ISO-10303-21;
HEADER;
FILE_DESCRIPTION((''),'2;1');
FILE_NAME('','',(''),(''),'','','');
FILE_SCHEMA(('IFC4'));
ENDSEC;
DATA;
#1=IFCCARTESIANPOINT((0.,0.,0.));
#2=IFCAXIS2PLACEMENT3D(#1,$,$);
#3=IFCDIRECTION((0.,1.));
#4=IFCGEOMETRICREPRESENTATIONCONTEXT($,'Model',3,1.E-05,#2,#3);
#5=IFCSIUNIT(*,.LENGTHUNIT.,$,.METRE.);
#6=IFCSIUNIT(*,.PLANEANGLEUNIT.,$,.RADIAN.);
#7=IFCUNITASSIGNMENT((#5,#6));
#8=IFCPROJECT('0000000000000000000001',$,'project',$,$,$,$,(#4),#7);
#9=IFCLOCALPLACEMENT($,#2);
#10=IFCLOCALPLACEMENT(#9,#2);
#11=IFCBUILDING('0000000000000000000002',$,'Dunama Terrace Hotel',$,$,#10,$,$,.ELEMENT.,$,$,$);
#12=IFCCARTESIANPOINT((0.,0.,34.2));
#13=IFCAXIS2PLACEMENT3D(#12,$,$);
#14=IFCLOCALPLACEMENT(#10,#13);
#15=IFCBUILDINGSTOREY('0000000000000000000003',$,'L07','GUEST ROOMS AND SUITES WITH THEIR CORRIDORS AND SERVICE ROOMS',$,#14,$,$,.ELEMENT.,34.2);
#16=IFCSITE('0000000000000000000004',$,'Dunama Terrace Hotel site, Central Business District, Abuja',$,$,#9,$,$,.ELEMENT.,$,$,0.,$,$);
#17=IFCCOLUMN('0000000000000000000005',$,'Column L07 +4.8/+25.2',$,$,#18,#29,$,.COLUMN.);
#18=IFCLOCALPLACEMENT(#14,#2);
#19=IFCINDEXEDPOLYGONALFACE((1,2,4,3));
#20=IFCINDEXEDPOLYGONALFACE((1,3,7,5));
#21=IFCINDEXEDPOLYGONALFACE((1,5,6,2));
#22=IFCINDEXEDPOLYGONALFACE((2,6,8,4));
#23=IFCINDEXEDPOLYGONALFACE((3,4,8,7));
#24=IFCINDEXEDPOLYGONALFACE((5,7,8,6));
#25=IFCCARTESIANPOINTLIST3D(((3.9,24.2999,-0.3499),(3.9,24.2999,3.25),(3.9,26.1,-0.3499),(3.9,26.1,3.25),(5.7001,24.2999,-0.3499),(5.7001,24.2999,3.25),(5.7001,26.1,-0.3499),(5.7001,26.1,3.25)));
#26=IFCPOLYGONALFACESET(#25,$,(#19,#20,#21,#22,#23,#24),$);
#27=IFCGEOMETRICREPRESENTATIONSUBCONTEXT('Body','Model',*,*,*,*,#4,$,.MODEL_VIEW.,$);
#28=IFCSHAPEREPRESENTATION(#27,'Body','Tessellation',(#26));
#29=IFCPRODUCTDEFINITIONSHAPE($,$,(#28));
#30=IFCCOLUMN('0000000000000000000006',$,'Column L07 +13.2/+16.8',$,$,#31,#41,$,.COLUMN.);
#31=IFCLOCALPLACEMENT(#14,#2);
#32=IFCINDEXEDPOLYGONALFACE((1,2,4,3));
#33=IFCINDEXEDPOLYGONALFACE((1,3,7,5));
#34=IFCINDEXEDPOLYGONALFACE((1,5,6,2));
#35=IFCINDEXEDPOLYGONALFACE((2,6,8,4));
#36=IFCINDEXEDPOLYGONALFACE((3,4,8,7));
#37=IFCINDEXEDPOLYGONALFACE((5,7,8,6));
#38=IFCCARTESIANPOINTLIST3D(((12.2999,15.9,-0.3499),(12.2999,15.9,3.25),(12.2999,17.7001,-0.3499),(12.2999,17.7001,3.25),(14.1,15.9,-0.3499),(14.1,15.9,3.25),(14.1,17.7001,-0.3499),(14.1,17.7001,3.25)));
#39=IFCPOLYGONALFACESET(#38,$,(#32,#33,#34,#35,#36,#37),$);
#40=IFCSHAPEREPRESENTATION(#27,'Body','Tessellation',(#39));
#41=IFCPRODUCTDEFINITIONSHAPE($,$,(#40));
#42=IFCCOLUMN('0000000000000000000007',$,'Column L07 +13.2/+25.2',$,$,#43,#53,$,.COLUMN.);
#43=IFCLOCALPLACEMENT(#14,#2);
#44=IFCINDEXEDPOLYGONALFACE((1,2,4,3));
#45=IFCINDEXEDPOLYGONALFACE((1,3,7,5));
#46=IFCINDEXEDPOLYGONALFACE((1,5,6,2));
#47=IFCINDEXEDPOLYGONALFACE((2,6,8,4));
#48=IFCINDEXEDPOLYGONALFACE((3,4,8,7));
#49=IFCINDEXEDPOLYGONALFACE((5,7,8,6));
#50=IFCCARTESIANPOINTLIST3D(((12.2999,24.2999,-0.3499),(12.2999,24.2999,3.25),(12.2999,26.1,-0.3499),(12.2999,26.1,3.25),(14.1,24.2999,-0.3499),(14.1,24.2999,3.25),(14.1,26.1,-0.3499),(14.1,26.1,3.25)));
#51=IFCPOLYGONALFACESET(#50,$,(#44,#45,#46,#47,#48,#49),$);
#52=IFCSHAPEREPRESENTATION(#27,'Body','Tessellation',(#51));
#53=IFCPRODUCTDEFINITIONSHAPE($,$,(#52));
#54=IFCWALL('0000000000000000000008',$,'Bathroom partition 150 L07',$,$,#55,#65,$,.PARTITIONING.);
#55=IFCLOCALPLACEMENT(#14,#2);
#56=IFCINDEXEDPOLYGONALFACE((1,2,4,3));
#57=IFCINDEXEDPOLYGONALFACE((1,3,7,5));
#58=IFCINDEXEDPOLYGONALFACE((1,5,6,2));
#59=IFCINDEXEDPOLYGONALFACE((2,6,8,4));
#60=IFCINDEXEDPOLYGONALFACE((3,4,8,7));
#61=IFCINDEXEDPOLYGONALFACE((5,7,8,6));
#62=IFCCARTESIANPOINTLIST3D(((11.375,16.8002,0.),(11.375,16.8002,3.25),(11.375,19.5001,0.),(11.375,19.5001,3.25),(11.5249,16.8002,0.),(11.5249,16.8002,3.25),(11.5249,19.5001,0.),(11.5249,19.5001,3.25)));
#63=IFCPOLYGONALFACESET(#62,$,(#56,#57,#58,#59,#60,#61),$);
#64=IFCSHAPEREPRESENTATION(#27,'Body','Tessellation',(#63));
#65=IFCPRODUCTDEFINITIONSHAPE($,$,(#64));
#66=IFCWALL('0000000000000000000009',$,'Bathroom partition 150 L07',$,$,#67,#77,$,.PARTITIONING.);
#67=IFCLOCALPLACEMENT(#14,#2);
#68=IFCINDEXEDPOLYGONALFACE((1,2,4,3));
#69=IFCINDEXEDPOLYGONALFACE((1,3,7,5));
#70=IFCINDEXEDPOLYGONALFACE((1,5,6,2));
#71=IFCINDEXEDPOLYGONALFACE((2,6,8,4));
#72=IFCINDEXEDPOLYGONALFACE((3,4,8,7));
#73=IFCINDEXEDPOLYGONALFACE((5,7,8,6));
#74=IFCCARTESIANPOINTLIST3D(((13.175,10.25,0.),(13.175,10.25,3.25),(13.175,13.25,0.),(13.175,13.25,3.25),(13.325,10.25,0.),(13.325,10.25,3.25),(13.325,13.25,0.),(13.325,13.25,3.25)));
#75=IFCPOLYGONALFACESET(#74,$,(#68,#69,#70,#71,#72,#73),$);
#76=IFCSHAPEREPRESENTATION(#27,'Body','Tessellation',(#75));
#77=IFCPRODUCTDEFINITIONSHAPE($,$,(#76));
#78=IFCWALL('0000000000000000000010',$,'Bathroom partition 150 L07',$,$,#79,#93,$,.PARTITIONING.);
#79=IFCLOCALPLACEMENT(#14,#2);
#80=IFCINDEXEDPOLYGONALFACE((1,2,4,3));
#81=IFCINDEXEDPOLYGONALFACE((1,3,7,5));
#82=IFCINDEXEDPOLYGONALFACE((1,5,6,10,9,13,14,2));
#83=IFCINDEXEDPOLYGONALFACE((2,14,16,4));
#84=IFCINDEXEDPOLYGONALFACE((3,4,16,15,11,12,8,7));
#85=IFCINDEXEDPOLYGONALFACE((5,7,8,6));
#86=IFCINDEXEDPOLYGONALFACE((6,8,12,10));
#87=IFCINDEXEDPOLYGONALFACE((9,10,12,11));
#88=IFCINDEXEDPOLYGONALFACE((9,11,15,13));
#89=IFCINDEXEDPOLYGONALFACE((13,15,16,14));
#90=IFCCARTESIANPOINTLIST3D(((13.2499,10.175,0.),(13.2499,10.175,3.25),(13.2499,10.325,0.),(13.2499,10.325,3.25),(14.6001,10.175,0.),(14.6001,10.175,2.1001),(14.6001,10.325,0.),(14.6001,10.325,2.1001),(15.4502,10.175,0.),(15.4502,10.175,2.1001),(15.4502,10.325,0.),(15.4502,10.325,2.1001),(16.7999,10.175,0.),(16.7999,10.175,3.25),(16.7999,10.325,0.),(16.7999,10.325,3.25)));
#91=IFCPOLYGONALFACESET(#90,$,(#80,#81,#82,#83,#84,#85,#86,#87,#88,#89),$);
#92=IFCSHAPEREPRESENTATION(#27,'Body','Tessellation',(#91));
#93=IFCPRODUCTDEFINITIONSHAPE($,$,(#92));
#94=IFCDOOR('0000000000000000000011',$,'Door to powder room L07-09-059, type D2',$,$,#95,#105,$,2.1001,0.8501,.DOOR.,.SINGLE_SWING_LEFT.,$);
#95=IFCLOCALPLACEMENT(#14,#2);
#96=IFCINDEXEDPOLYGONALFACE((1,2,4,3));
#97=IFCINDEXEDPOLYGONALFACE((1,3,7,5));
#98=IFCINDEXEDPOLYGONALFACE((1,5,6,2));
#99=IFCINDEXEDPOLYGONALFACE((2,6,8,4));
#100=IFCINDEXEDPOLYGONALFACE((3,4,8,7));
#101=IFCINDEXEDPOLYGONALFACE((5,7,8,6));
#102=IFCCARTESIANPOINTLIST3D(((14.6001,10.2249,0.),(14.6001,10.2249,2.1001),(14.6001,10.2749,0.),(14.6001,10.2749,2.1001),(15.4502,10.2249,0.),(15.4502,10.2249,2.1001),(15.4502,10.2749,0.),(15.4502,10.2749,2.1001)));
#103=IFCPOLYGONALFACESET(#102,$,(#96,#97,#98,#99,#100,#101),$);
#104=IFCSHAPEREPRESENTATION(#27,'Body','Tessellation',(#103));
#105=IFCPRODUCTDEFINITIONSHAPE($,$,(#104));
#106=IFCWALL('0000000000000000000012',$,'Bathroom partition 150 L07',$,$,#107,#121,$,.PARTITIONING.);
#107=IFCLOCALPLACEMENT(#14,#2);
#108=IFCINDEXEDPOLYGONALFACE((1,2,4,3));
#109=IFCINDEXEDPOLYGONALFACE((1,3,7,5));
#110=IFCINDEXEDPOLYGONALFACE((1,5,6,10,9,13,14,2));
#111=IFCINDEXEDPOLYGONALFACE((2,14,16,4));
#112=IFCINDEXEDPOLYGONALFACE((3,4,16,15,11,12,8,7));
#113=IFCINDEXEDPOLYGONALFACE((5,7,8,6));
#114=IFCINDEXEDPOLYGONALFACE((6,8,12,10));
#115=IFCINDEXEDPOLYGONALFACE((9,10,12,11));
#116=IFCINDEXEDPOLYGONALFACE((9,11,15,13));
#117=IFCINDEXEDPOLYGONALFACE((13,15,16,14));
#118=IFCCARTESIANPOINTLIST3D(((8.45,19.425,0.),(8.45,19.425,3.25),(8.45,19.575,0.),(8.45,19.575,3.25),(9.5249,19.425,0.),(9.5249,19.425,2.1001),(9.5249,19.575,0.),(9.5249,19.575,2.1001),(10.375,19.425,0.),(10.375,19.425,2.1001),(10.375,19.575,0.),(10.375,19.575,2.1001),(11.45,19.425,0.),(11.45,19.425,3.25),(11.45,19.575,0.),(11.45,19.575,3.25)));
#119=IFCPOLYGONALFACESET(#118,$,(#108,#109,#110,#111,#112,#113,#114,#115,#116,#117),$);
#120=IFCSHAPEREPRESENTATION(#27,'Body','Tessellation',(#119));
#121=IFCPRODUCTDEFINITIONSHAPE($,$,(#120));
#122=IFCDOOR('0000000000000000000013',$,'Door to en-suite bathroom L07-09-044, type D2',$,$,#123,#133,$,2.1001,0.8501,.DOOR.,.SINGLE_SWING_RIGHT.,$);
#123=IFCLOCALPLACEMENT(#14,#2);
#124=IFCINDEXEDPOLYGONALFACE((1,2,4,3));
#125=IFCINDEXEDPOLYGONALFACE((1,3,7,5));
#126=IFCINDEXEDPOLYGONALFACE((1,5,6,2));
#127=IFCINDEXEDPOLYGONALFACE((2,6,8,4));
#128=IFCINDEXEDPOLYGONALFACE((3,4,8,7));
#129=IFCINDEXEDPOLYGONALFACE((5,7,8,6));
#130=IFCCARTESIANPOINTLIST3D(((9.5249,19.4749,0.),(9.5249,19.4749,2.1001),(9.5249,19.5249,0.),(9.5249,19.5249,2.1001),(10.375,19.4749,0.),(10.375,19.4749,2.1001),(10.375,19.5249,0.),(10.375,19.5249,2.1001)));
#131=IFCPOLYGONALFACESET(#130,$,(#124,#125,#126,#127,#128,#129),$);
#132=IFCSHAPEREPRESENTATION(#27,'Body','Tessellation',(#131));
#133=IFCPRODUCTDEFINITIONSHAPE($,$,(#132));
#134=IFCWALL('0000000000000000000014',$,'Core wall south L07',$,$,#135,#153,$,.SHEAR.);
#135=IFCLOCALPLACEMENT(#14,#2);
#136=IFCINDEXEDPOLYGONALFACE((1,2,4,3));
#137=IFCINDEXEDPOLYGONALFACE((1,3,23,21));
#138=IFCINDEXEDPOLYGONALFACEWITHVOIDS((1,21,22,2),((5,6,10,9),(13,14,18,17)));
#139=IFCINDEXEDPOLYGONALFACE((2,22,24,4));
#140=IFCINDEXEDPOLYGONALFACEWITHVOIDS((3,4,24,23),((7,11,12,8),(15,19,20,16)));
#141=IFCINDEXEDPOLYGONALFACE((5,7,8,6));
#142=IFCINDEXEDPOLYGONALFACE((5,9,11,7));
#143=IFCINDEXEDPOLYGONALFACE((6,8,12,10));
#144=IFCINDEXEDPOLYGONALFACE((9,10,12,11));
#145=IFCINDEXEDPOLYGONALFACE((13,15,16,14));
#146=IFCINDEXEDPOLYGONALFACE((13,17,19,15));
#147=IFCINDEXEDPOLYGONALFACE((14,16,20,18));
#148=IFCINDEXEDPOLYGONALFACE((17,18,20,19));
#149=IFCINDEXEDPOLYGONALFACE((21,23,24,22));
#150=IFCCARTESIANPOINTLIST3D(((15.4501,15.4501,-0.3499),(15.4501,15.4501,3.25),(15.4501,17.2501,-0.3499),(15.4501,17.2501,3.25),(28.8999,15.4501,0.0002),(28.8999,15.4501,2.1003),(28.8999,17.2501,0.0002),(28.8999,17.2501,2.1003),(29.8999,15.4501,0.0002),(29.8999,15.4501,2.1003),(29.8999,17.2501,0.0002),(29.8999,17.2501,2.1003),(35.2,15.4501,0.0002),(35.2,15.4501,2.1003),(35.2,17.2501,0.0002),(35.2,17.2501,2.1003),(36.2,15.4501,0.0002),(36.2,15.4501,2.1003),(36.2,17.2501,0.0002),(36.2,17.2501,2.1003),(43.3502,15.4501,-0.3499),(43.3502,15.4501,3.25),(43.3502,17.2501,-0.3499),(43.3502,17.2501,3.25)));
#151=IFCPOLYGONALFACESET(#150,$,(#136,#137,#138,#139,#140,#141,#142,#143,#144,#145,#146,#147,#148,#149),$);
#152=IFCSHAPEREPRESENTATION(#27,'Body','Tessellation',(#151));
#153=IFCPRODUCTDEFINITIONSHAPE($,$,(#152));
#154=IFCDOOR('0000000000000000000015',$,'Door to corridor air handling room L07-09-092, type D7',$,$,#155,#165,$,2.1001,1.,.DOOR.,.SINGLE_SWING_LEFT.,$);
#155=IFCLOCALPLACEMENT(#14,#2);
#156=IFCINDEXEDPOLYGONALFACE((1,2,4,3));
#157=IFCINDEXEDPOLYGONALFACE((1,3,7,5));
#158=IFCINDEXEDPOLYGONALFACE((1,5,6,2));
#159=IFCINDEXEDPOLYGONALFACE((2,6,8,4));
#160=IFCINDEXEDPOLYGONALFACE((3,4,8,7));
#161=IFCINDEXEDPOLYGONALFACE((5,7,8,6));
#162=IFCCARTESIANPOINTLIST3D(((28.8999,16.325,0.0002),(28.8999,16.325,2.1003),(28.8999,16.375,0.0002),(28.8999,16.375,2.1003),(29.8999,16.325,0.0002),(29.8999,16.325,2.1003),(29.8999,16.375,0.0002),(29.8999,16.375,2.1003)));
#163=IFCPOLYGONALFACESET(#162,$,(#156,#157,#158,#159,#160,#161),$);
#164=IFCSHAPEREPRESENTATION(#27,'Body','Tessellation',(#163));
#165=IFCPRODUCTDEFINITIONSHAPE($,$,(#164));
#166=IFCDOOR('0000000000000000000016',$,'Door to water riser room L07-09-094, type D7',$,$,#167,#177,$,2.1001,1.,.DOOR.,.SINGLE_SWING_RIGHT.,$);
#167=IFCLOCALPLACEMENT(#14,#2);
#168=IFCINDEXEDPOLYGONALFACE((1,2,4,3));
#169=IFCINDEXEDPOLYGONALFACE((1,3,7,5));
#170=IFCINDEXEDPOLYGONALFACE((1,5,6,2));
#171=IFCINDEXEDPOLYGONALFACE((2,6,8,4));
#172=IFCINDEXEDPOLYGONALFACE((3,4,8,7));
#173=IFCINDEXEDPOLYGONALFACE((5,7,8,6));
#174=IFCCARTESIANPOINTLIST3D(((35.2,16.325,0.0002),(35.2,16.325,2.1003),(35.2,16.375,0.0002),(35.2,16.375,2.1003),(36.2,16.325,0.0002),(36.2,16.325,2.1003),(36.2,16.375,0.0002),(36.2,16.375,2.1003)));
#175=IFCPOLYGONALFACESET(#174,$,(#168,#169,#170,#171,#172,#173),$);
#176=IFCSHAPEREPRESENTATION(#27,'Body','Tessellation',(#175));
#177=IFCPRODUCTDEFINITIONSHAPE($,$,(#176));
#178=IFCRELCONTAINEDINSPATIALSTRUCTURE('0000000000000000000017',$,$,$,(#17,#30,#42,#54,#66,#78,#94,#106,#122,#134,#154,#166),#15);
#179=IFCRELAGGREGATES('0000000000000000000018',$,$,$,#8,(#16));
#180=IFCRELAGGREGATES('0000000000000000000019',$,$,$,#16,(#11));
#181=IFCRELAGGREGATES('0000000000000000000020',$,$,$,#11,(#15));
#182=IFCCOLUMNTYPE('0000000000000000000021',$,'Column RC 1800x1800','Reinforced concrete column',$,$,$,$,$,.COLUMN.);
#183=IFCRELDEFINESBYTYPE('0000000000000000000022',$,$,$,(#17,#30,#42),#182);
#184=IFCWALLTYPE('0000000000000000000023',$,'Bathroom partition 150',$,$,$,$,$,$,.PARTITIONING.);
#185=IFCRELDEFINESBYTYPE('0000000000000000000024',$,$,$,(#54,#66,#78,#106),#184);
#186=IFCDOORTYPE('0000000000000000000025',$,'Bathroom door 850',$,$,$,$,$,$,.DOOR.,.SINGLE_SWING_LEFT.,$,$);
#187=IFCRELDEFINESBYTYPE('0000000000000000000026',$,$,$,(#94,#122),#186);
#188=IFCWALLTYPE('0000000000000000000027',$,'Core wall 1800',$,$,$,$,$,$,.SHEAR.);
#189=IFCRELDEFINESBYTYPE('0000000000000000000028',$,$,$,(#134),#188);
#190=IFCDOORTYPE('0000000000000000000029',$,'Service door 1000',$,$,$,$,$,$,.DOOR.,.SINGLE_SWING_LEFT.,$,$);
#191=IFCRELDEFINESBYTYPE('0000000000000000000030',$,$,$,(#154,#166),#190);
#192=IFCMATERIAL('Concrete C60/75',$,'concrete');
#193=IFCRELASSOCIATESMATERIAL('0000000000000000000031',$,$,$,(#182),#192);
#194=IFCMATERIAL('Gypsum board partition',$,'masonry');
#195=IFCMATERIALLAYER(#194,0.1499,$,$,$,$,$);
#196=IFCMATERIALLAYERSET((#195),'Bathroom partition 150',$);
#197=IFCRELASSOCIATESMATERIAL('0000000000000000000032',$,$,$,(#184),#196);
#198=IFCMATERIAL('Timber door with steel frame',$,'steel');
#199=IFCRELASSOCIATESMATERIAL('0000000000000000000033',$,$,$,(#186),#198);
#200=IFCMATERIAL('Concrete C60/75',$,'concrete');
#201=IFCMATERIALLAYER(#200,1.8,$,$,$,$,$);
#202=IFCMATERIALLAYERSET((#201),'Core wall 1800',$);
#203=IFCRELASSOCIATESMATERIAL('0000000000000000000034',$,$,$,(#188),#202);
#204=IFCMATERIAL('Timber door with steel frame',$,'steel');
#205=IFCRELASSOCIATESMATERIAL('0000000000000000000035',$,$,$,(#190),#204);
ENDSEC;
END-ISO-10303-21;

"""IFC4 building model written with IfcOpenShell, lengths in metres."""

from ifc_helpers import new_model, si_unit, direction, frame, frame_2d, origin, origin_2d, place, context, subcontext, project, spatial, rectangle, extrude, material, layer, layer_set, material_profile, profile_set, type_object, element, fill, save


model = new_model("IFC4")

# Units and contexts
model_context = context("Model", 3, precision=1e-05, world=origin(), true_north=direction((0.0, 1.0)))
body_context = subcontext(model_context, "Body", "Model", "MODEL_VIEW")
ifc_project = project(units=[si_unit("LENGTHUNIT", "METRE"), si_unit("PLANEANGLEUNIT", "RADIAN")], contexts=[model_context])

# Site, building, storey
site_placement = place(None, origin())
site = spatial("IfcSite", under=ifc_project, at=site_placement, Name="Dunama Terrace Hotel site, Central Business District, Abuja", CompositionType="ELEMENT", RefElevation=0.0)
building_placement = place(site_placement, origin())
building = spatial("IfcBuilding", under=site, at=building_placement, Name="Dunama Terrace Hotel", CompositionType="ELEMENT")
storey_placement = place(building_placement, frame((0.0, 0.0, 34.2)))
storey = spatial("IfcBuildingStorey", under=building, at=storey_placement, Name="L07", Description="GUEST ROOMS AND SUITES WITH THEIR CORRIDORS AND SERVICE ROOMS", CompositionType="ELEMENT", Elevation=34.2)

# Columns
ifc_material_1 = material(Name="Concrete C60/75", Category="concrete")
ifc_material_profile = material_profile(ifc_material_1, rectangle(XDim=1.8, YDim=1.8, at=origin_2d()), Name="RC 1800x1800")
ifc_profile_set = profile_set([ifc_material_profile], Name="Concrete C60/75")
column_type = type_object("IfcColumnType", Name="Column RC 1800x1800", Description="Reinforced concrete column", PredefinedType="COLUMN", material=ifc_profile_set)
for number, where, z_axis, x_axis, name in (
    (1, (4.8, 25.2, -0.3499), (0.0, 0.0, 1.0), (1.0, 0.0, 0.0), "Column L07 +4.8/+25.2"),
    (2, (13.2, 16.8, -0.3499), (0.0, 0.0, 1.0), (1.0, 0.0, 0.0), "Column L07 +13.2/+16.8"),
    (3, (13.2, 25.2, -0.3499), (0.0, 0.0, 1.0), (1.0, 0.0, 0.0), "Column L07 +13.2/+25.2"),
):
    element("IfcColumn", number, at=place(storey_placement, frame(where, z_axis=z_axis, x_axis=x_axis)), inside=storey, type_object=column_type, Name=name, PredefinedType="COLUMN", context=body_context, shape_type="SweptSolid", body=[
        extrude(rectangle(XDim=1.8, YDim=1.8, at=origin_2d()), origin(), (0.0, 0.0, 1.0), 3.5999),
    ])

# Walls
ifc_material_2 = material(Name="Gypsum board partition", Category="masonry")
ifc_layer_1 = layer(ifc_material_2, 0.1499)
ifc_layer_set_1 = layer_set([ifc_layer_1], Name="Bathroom partition 150")
wall_type_1 = type_object("IfcWallType", Name="Bathroom partition 150", PredefinedType="PARTITIONING", material=ifc_layer_set_1)
wall_1_placement = place(storey_placement, frame((11.45, 16.8, 0.0), z_axis=(0.0, 0.0, 1.0), x_axis=(0.0, 1.0, 0.0)))
element("IfcWall", 4, at=wall_1_placement, inside=storey, type_object=wall_type_1, Name="Bathroom partition 150 L07", PredefinedType="PARTITIONING", context=body_context, shape_type="SweptSolid", body=[
    extrude(rectangle(XDim=2.7, YDim=0.1499, at=frame_2d((1.3501, 0.0))), origin(), (0.0, 0.0, 1.0), 3.25),
])
wall_2_placement = place(storey_placement, frame((13.25, 10.25, 0.0), z_axis=(0.0, 0.0, 1.0), x_axis=(0.0, 1.0, 0.0)))
element("IfcWall", 5, at=wall_2_placement, inside=storey, type_object=wall_type_1, Name="Bathroom partition 150 L07", PredefinedType="PARTITIONING", context=body_context, shape_type="SweptSolid", body=[
    extrude(rectangle(XDim=3.0, YDim=0.1499, at=frame_2d((1.5, 0.0))), origin(), (0.0, 0.0, 1.0), 3.25),
])

# Walls, openings, doors
wall_3_placement = place(storey_placement, frame((13.25, 10.25, 0.0), z_axis=(0.0, 0.0, 1.0), x_axis=(1.0, 0.0, 0.0)))
wall_3 = element("IfcWall", 6, at=wall_3_placement, inside=storey, type_object=wall_type_1, Name="Bathroom partition 150 L07", PredefinedType="PARTITIONING", context=body_context, shape_type="SweptSolid", body=[
    extrude(rectangle(XDim=3.55, YDim=0.1499, at=frame_2d((1.7749, 0.0))), origin(), (0.0, 0.0, 1.0), 3.25),
])
opening_1_placement = place(wall_3_placement, frame((1.3501, 0.0, 0.0)))
opening_1 = element("IfcOpeningElement", 7, at=opening_1_placement, cuts=wall_3, PredefinedType="OPENING", context=body_context, shape_type="SweptSolid", body=[
    extrude(rectangle(XDim=0.8501, YDim=2.1001, at=frame_2d((0.425, 1.05))), frame((0.0, 0.085, 0.0), z_axis=(0.0, -1.0, 0.0), x_axis=(1.0, 0.0, 0.0)), (0.0, 0.0, 1.0), 0.1699),
])
ifc_material_3 = material(Name="Timber door with steel frame", Category="steel")
door_type_1 = type_object("IfcDoorType", Name="Bathroom door 850", OperationType="SINGLE_SWING_LEFT", PredefinedType="DOOR", material=ifc_material_3)
door_1_placement = place(opening_1_placement, origin())
door_1 = element("IfcDoor", 8, at=door_1_placement, inside=storey, type_object=door_type_1, Name="Door to powder room L07-09-059, type D2", OperationType="SINGLE_SWING_LEFT", OverallHeight=2.1001, OverallWidth=0.8501, PredefinedType="DOOR", context=body_context, shape_type="SweptSolid", body=[
    extrude(rectangle(XDim=0.8501, YDim=2.1001, at=frame_2d((0.425, 1.05))), frame((0.0, 0.0249, 0.0), z_axis=(0.0, -1.0, 0.0), x_axis=(1.0, 0.0, 0.0)), (0.0, 0.0, 1.0), 0.05),
])
fill(opening_1, door_1)
wall_4_placement = place(storey_placement, frame((8.45, 19.5, 0.0), z_axis=(0.0, 0.0, 1.0), x_axis=(1.0, 0.0, 0.0)))
wall_4 = element("IfcWall", 9, at=wall_4_placement, inside=storey, type_object=wall_type_1, Name="Bathroom partition 150 L07", PredefinedType="PARTITIONING", context=body_context, shape_type="SweptSolid", body=[
    extrude(rectangle(XDim=3.0, YDim=0.1499, at=frame_2d((1.5, 0.0))), origin(), (0.0, 0.0, 1.0), 3.25),
])
opening_2_placement = place(wall_4_placement, frame((1.075, 0.0, 0.0)))
opening_2 = element("IfcOpeningElement", 10, at=opening_2_placement, cuts=wall_4, PredefinedType="OPENING", context=body_context, shape_type="SweptSolid", body=[
    extrude(rectangle(XDim=0.8501, YDim=2.1001, at=frame_2d((0.425, 1.05))), frame((0.0, 0.085, 0.0), z_axis=(0.0, -1.0, 0.0), x_axis=(1.0, 0.0, 0.0)), (0.0, 0.0, 1.0), 0.1699),
])
door_2_placement = place(opening_2_placement, frame((0.8501, 0.0, 0.0), z_axis=(0.0, 0.0, 1.0), x_axis=(-1.0, 0.0, 0.0)))
door_2 = element("IfcDoor", 11, at=door_2_placement, inside=storey, type_object=door_type_1, Name="Door to en-suite bathroom L07-09-044, type D2", OperationType="SINGLE_SWING_RIGHT", OverallHeight=2.1001, OverallWidth=0.8501, PredefinedType="DOOR", context=body_context, shape_type="SweptSolid", body=[
    extrude(rectangle(XDim=0.8501, YDim=2.1001, at=frame_2d((0.425, 1.05))), frame((0.0, 0.0251, 0.0), z_axis=(0.0, -1.0, 0.0), x_axis=(1.0, 0.0, 0.0)), (0.0, 0.0, 1.0), 0.05),
])
fill(opening_2, door_2)

# Wall, openings, doors
ifc_material_4 = material(Name="Concrete C60/75", Category="concrete")
ifc_layer_2 = layer(ifc_material_4, 1.8)
ifc_layer_set_2 = layer_set([ifc_layer_2], Name="Core wall 1800")
wall_type_2 = type_object("IfcWallType", Name="Core wall 1800", PredefinedType="SHEAR", material=ifc_layer_set_2)
wall_5_placement = place(storey_placement, frame((15.45, 16.3501, -0.3499), z_axis=(0.0, 0.0, 1.0), x_axis=(1.0, 0.0, 0.0)))
wall_5 = element("IfcWall", 12, at=wall_5_placement, inside=storey, type_object=wall_type_2, Name="Core wall south L07", PredefinedType="SHEAR", context=body_context, shape_type="SweptSolid", body=[
    extrude(rectangle(XDim=27.9001, YDim=1.8, at=frame_2d((13.9502, 0.0))), origin(), (0.0, 0.0, 1.0), 3.5999),
])
opening_3_placement = place(wall_5_placement, frame((13.45, 0.0, 0.3501)))
opening_3 = element("IfcOpeningElement", 13, at=opening_3_placement, cuts=wall_5, PredefinedType="OPENING", context=body_context, shape_type="SweptSolid", body=[
    extrude(rectangle(XDim=1.0, YDim=2.1001, at=frame_2d((0.5, 1.05))), frame((0.0, 0.9099, 0.0), z_axis=(0.0, -1.0, 0.0), x_axis=(1.0, 0.0, 0.0)), (0.0, 0.0, 1.0), 1.8201),
])
opening_4_placement = place(wall_5_placement, frame((19.75, 0.0, 0.3501)))
opening_4 = element("IfcOpeningElement", 14, at=opening_4_placement, cuts=wall_5, PredefinedType="OPENING", context=body_context, shape_type="SweptSolid", body=[
    extrude(rectangle(XDim=1.0, YDim=2.1001, at=frame_2d((0.5, 1.05))), frame((0.0, 0.9099, 0.0), z_axis=(0.0, -1.0, 0.0), x_axis=(1.0, 0.0, 0.0)), (0.0, 0.0, 1.0), 1.8201),
])
ifc_material_5 = material(Name="Timber door with steel frame", Category="steel")
door_type_2 = type_object("IfcDoorType", Name="Service door 1000", OperationType="SINGLE_SWING_LEFT", PredefinedType="DOOR", material=ifc_material_5)
door_3_placement = place(opening_3_placement, origin())
door_3 = element("IfcDoor", 15, at=door_3_placement, inside=storey, type_object=door_type_2, Name="Door to corridor air handling room L07-09-092, type D7", OperationType="SINGLE_SWING_LEFT", OverallHeight=2.1001, OverallWidth=1.0, PredefinedType="DOOR", context=body_context, shape_type="SweptSolid", body=[
    extrude(rectangle(XDim=1.0, YDim=2.1001, at=frame_2d((0.5, 1.05))), frame((0.0, 0.0249, 0.0), z_axis=(0.0, -1.0, 0.0), x_axis=(1.0, 0.0, 0.0)), (0.0, 0.0, 1.0), 0.05),
])
fill(opening_3, door_3)
door_4_placement = place(opening_4_placement, origin())
door_4 = element("IfcDoor", 16, at=door_4_placement, inside=storey, type_object=door_type_2, Name="Door to water riser room L07-09-094, type D7", OperationType="SINGLE_SWING_RIGHT", OverallHeight=2.1001, OverallWidth=1.0, PredefinedType="DOOR", context=body_context, shape_type="SweptSolid", body=[
    extrude(rectangle(XDim=1.0, YDim=2.1001, at=frame_2d((0.5, 1.05))), frame((0.0, 0.0249, 0.0), z_axis=(0.0, -1.0, 0.0), x_axis=(1.0, 0.0, 0.0)), (0.0, 0.0, 1.0), 0.05),
])
fill(opening_4, door_4)

save(model, "model.ifc")
